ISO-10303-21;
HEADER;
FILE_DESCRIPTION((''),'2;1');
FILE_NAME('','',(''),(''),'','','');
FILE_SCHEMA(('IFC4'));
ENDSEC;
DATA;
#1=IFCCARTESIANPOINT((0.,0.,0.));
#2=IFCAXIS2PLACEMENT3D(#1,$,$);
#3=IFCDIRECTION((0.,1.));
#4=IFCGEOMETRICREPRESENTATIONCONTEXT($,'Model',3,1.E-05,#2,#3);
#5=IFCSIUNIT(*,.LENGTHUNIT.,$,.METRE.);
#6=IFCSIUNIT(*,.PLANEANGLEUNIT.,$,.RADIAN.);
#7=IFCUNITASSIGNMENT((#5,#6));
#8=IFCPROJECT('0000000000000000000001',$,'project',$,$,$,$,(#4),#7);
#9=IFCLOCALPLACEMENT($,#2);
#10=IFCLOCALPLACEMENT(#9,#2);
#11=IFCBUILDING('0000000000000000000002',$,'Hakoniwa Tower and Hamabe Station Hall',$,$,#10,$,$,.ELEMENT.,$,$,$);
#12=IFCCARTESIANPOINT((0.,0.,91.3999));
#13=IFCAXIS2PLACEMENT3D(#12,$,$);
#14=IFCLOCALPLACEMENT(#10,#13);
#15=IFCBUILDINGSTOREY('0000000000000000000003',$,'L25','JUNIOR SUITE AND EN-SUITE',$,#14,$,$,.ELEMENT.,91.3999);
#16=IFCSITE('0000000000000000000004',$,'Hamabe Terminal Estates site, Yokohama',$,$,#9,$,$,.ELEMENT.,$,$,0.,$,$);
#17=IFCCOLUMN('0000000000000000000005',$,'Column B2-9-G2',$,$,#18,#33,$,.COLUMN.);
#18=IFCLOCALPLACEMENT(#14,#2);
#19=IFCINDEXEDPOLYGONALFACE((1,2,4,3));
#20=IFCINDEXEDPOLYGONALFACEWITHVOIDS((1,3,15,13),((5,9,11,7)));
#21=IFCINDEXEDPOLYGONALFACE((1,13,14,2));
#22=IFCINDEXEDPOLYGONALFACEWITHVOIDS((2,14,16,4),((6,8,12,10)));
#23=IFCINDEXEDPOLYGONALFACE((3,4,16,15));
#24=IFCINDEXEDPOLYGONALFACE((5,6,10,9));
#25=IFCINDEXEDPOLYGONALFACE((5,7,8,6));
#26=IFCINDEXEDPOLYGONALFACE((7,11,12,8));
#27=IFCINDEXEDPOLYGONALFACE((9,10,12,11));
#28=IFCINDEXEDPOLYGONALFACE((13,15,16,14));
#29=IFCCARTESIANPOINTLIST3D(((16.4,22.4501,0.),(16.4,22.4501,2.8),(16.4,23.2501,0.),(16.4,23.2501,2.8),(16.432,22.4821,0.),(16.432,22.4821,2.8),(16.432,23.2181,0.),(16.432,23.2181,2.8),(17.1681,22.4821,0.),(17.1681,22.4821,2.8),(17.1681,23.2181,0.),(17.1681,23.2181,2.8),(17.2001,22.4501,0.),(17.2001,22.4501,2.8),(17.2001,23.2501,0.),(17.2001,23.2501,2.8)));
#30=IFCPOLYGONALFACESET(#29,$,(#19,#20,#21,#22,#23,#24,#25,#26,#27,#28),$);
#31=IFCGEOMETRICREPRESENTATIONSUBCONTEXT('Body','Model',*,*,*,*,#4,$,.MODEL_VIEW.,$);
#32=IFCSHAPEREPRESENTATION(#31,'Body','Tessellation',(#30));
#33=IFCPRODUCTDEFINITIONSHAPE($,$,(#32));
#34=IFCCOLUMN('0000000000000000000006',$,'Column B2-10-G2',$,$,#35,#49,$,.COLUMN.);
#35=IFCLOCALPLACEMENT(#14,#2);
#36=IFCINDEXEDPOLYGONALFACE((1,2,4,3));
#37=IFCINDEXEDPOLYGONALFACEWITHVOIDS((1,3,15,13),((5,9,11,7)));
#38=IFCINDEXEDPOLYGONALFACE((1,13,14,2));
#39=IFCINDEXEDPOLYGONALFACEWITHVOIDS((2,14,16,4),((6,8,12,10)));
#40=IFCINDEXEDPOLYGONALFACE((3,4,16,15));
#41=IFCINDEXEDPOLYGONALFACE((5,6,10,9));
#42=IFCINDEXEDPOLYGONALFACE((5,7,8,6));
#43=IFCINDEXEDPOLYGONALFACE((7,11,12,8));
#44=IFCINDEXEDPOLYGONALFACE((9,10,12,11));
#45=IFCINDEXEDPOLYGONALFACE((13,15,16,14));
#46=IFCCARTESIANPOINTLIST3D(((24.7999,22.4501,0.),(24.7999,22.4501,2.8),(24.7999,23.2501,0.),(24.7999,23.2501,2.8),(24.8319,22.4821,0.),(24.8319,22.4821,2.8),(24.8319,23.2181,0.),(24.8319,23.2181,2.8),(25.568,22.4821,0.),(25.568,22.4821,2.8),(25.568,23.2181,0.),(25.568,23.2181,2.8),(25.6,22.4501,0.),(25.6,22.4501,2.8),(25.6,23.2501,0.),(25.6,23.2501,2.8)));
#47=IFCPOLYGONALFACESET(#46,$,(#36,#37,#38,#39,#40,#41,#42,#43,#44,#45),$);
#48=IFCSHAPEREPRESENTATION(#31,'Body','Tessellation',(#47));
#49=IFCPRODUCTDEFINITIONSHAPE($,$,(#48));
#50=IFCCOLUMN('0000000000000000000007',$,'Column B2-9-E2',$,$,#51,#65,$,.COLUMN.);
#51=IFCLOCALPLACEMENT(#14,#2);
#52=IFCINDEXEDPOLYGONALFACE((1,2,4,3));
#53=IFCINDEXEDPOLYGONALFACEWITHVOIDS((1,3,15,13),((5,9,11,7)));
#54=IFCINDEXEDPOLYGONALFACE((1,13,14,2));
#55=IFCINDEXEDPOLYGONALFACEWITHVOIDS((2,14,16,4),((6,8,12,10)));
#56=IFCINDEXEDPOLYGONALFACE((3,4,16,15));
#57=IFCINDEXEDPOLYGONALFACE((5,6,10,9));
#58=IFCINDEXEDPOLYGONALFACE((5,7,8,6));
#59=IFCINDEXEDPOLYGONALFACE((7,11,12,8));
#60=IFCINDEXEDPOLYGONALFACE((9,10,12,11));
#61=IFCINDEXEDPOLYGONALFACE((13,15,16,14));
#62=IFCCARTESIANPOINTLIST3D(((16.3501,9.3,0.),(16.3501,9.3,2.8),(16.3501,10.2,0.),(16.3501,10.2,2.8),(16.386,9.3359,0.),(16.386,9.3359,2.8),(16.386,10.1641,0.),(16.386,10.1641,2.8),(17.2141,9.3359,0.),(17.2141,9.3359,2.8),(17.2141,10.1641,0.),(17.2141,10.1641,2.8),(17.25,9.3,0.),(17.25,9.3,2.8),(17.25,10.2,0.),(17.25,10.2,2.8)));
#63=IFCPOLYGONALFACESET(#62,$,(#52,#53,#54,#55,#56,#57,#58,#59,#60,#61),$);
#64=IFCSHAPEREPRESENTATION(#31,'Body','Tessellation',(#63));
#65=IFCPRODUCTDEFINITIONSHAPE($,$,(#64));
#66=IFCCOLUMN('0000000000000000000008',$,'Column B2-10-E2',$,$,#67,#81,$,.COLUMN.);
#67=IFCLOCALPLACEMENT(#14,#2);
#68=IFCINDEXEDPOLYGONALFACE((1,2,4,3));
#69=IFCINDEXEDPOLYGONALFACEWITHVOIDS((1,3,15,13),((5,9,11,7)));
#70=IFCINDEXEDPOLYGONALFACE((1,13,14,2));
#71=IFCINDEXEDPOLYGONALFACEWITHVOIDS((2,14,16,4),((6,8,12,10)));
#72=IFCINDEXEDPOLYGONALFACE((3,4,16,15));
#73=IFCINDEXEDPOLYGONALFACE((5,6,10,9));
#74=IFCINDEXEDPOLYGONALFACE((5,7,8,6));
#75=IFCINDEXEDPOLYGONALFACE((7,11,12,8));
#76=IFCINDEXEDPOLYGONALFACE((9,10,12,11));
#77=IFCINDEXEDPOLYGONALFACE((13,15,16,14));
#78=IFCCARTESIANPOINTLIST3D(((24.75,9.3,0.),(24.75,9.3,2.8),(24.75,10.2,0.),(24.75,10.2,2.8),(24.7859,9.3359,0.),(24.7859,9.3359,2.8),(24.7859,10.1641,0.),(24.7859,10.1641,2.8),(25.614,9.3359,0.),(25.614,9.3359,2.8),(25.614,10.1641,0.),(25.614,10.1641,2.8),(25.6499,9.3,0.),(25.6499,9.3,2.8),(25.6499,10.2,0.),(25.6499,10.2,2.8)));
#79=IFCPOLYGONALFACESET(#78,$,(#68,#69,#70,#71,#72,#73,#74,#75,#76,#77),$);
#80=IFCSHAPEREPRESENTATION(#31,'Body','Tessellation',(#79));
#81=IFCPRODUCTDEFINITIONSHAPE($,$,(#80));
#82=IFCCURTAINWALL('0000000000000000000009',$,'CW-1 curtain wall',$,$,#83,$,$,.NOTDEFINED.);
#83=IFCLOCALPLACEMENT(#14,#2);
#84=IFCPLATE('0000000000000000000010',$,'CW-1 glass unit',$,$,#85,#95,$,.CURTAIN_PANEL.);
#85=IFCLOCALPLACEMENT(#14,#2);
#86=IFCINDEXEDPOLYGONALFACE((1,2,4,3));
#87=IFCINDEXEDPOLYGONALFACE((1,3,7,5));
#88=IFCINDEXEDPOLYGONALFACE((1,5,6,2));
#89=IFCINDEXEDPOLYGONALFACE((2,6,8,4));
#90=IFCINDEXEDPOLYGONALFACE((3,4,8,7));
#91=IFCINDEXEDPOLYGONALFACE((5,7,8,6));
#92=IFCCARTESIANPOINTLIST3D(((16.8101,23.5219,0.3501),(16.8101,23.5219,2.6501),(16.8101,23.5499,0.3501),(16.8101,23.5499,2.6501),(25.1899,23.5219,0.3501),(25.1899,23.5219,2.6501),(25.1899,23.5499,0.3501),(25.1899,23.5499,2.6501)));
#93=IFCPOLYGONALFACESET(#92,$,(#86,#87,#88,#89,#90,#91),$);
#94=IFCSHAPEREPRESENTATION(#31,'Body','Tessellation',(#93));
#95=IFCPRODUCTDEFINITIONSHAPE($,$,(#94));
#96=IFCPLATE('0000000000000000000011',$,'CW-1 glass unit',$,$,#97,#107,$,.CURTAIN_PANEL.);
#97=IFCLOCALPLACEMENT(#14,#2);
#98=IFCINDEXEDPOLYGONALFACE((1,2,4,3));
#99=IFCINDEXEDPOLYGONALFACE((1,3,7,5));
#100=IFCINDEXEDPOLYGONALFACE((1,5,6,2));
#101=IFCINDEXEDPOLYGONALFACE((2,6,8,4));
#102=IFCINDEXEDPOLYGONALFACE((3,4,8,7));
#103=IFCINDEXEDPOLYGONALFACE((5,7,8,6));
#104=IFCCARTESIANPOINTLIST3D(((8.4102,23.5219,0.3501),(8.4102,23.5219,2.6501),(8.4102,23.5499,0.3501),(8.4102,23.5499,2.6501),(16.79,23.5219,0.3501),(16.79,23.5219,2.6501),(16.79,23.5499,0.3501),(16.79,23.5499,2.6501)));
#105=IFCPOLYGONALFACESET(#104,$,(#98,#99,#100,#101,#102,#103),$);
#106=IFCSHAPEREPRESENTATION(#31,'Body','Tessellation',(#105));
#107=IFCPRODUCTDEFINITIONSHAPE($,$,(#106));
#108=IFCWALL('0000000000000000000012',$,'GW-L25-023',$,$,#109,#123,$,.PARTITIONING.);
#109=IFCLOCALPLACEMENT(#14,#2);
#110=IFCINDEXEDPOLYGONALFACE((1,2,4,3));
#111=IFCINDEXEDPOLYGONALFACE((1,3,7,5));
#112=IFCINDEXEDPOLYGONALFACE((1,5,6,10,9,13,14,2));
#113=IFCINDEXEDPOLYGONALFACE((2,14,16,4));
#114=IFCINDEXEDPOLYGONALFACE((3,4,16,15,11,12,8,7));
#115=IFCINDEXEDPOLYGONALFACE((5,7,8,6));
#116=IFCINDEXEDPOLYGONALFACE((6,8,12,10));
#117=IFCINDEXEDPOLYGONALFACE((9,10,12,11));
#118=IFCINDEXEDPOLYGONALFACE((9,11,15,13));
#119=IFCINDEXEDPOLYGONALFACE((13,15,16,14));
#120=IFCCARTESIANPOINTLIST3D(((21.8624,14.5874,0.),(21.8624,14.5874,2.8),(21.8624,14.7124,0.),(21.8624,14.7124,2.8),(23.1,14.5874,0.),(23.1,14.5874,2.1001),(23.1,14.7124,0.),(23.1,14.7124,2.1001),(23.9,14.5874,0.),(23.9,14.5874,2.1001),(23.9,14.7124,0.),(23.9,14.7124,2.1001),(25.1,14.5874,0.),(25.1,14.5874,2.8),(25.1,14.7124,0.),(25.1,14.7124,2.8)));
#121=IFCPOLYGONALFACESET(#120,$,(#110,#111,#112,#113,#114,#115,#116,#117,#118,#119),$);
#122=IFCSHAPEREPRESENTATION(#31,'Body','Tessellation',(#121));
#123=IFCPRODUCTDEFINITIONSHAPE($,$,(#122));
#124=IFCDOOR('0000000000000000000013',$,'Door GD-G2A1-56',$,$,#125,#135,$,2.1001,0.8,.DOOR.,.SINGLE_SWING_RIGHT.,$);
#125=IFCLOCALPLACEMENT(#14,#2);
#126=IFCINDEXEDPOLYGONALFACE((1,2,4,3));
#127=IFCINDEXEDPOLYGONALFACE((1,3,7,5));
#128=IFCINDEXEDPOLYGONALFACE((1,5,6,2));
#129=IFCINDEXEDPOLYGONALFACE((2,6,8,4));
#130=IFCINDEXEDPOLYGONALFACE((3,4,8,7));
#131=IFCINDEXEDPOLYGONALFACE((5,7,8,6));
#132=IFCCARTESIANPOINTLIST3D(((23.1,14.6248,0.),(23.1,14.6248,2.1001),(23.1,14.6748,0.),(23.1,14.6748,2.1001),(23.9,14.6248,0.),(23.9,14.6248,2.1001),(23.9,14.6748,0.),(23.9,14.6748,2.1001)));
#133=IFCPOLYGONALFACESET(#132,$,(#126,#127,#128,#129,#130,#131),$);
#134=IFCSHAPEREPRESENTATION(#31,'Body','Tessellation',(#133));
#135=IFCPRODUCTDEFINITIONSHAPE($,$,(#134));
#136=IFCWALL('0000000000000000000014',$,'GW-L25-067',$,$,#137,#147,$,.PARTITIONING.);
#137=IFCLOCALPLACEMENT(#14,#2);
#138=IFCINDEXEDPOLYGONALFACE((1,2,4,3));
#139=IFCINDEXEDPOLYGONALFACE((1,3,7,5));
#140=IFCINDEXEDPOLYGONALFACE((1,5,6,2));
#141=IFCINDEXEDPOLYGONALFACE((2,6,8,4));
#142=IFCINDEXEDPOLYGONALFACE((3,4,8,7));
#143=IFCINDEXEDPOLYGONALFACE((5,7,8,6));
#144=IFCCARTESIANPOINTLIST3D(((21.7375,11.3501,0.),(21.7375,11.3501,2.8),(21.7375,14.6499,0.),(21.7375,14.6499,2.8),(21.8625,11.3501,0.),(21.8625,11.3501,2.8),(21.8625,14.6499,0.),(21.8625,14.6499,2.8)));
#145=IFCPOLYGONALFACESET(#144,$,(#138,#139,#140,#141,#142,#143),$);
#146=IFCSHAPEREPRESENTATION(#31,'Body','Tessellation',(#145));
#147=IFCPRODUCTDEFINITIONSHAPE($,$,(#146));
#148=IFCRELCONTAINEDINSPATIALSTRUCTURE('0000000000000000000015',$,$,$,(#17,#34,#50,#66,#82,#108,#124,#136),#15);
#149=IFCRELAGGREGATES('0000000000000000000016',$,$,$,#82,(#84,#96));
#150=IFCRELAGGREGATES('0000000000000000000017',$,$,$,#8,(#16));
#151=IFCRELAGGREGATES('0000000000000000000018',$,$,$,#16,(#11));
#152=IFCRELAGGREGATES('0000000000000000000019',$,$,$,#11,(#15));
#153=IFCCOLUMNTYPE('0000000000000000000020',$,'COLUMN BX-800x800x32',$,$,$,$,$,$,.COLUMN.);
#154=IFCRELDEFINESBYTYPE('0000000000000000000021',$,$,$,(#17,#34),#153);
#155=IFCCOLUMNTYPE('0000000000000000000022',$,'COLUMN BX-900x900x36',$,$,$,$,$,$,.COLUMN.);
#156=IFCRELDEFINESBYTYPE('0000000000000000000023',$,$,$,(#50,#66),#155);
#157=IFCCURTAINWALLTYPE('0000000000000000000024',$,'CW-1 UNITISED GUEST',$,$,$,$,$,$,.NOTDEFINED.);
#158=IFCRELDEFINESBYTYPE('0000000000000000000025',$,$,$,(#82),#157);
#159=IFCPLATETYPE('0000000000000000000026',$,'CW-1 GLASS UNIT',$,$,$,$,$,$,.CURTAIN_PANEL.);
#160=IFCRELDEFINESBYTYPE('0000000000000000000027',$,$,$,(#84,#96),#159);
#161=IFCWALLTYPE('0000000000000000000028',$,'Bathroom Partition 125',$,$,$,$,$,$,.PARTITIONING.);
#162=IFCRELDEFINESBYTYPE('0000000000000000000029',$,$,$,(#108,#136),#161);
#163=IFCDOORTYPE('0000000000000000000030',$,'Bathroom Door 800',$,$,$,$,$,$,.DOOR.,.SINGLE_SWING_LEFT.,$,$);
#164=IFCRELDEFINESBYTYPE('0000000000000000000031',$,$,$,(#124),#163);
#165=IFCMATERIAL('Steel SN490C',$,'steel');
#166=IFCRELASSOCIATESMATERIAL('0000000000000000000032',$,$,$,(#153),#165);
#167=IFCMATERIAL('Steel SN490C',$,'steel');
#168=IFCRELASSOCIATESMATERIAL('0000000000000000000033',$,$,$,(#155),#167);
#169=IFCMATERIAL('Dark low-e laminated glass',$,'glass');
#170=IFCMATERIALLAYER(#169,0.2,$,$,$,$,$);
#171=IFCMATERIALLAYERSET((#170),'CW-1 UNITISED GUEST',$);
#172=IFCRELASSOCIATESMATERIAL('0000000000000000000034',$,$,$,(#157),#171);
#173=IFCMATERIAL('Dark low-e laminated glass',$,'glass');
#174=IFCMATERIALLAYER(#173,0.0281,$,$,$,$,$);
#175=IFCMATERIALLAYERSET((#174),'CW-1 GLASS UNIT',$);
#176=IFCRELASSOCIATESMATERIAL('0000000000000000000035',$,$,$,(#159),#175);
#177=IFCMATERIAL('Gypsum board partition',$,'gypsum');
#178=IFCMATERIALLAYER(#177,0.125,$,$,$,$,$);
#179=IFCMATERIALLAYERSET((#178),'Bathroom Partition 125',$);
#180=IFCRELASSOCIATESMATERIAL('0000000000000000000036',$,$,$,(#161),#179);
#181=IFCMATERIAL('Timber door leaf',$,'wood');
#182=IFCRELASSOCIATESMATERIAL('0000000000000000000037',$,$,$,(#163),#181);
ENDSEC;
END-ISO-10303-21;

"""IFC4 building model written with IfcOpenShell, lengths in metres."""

from ifc_helpers import new_model, si_unit, direction, frame, frame_2d, origin, origin_2d, place, context, subcontext, project, spatial, rectangle, hollow_rectangle, extrude, material, layer, layer_set, material_profile, profile_set, type_object, element, fill, aggregate, save


model = new_model("IFC4")

# Units and contexts
model_context = context("Model", 3, precision=1e-05, world=origin(), true_north=direction((0.0, 1.0)))
body_context = subcontext(model_context, "Body", "Model", "MODEL_VIEW")
ifc_project = project(units=[si_unit("LENGTHUNIT", "METRE"), si_unit("PLANEANGLEUNIT", "RADIAN")], contexts=[model_context])

# Site, building, storey
site_placement = place(None, origin())
site = spatial("IfcSite", under=ifc_project, at=site_placement, Name="Hamabe Terminal Estates site, Yokohama", CompositionType="ELEMENT", RefElevation=0.0)
building_placement = place(site_placement, origin())
building = spatial("IfcBuilding", under=site, at=building_placement, Name="Hakoniwa Tower and Hamabe Station Hall", CompositionType="ELEMENT")
storey_placement = place(building_placement, frame((0.0, 0.0, 91.3999)))
storey = spatial("IfcBuildingStorey", under=building, at=storey_placement, Name="L25", Description="JUNIOR SUITE AND EN-SUITE", CompositionType="ELEMENT", Elevation=91.3999)

# Columns
ifc_material_1 = material(Name="Steel SN490C", Category="steel")
ifc_material_profile_1 = material_profile(ifc_material_1, hollow_rectangle(XDim=0.8, YDim=0.8, WallThickness=0.032, at=origin_2d()), Name="BX-800x800x32")
ifc_profile_set_1 = profile_set([ifc_material_profile_1], Name="Steel SN490C")
column_type_1 = type_object("IfcColumnType", Name="COLUMN BX-800x800x32", PredefinedType="COLUMN", material=ifc_profile_set_1)
for number, where, z_axis, x_axis, name in (
    (1, (16.8, 22.8501, 0.0), (0.0, 0.0, 1.0), (1.0, 0.0, 0.0), "Column B2-9-G2"),
    (2, (25.2, 22.8501, 0.0), (0.0, 0.0, 1.0), (1.0, 0.0, 0.0), "Column B2-10-G2"),
):
    element("IfcColumn", number, at=place(storey_placement, frame(where, z_axis=z_axis, x_axis=x_axis)), inside=storey, type_object=column_type_1, Name=name, PredefinedType="COLUMN", context=body_context, shape_type="SweptSolid", body=[
        extrude(hollow_rectangle(XDim=0.8, YDim=0.8, WallThickness=0.032, at=origin_2d()), origin(), (0.0, 0.0, 1.0), 2.8),
    ])
ifc_material_2 = material(Name="Steel SN490C", Category="steel")
ifc_material_profile_2 = material_profile(ifc_material_2, hollow_rectangle(XDim=0.8999, YDim=0.8999, WallThickness=0.0359, at=origin_2d()), Name="BX-900x900x36")
ifc_profile_set_2 = profile_set([ifc_material_profile_2], Name="Steel SN490C")
column_type_2 = type_object("IfcColumnType", Name="COLUMN BX-900x900x36", PredefinedType="COLUMN", material=ifc_profile_set_2)
for number, where, z_axis, x_axis, name in (
    (3, (16.8, 9.75, 0.0), (0.0, 0.0, 1.0), (1.0, 0.0, 0.0), "Column B2-9-E2"),
    (4, (25.2, 9.75, 0.0), (0.0, 0.0, 1.0), (1.0, 0.0, 0.0), "Column B2-10-E2"),
):
    element("IfcColumn", number, at=place(storey_placement, frame(where, z_axis=z_axis, x_axis=x_axis)), inside=storey, type_object=column_type_2, Name=name, PredefinedType="COLUMN", context=body_context, shape_type="SweptSolid", body=[
        extrude(hollow_rectangle(XDim=0.8999, YDim=0.8999, WallThickness=0.0359, at=origin_2d()), origin(), (0.0, 0.0, 1.0), 2.8),
    ])

# Curtain wall, plates
ifc_material_3 = material(Name="Dark low-e laminated glass", Category="glass")
ifc_layer_1 = layer(ifc_material_3, 0.2)
ifc_layer_set_1 = layer_set([ifc_layer_1], Name="CW-1 UNITISED GUEST")
curtain_wall_type = type_object("IfcCurtainWallType", Name="CW-1 UNITISED GUEST", PredefinedType="NOTDEFINED", material=ifc_layer_set_1)
curtain_wall_placement = place(storey_placement, origin())
curtain_wall = element("IfcCurtainWall", 5, at=curtain_wall_placement, inside=storey, type_object=curtain_wall_type, Name="CW-1 curtain wall", PredefinedType="NOTDEFINED")
ifc_material_4 = material(Name="Dark low-e laminated glass", Category="glass")
ifc_layer_2 = layer(ifc_material_4, 0.0281)
ifc_layer_set_2 = layer_set([ifc_layer_2], Name="CW-1 GLASS UNIT")
plate_type = type_object("IfcPlateType", Name="CW-1 GLASS UNIT", PredefinedType="CURTAIN_PANEL", material=ifc_layer_set_2)
plate_1_placement = place(storey_placement, frame((21.0, 23.5359, 0.3501), z_axis=(0.0, 0.0, 1.0), x_axis=(-1.0, 0.0, 0.0)))
plate_1 = element("IfcPlate", 6, at=plate_1_placement, type_object=plate_type, Name="CW-1 glass unit", PredefinedType="CURTAIN_PANEL", context=body_context, shape_type="SweptSolid", body=[
    extrude(rectangle(XDim=8.3799, YDim=0.0281, at=origin_2d()), origin(), (0.0, 0.0, 1.0), 2.3),
])
plate_2_placement = place(storey_placement, frame((12.6001, 23.5359, 0.3501), z_axis=(0.0, 0.0, 1.0), x_axis=(-1.0, 0.0, 0.0)))
plate_2 = element("IfcPlate", 7, at=plate_2_placement, type_object=plate_type, Name="CW-1 glass unit", PredefinedType="CURTAIN_PANEL", context=body_context, shape_type="SweptSolid", body=[
    extrude(rectangle(XDim=8.3799, YDim=0.0281, at=origin_2d()), origin(), (0.0, 0.0, 1.0), 2.3),
])
aggregate(curtain_wall, [plate_1, plate_2])

# Wall, opening, door
ifc_material_5 = material(Name="Gypsum board partition", Category="gypsum")
ifc_layer_3 = layer(ifc_material_5, 0.125)
ifc_layer_set_3 = layer_set([ifc_layer_3], Name="Bathroom Partition 125")
wall_type_1 = type_object("IfcWallType", Name="Bathroom Partition 125", PredefinedType="PARTITIONING", material=ifc_layer_set_3)
wall_1_placement = place(storey_placement, frame((21.8625, 14.6499, 0.0), z_axis=(0.0, 0.0, 1.0), x_axis=(1.0, 0.0, 0.0)))
wall_1 = element("IfcWall", 8, at=wall_1_placement, inside=storey, type_object=wall_type_1, Name="GW-L25-023", PredefinedType="PARTITIONING", context=body_context, shape_type="SweptSolid", body=[
    extrude(rectangle(XDim=3.2375, YDim=0.125, at=frame_2d((1.6187, 0.0))), origin(), (0.0, 0.0, 1.0), 2.8),
])
opening_1_placement = place(wall_1_placement, frame((1.2375, 0.0, 0.0)))
opening_1 = element("IfcOpeningElement", 9, at=opening_1_placement, cuts=wall_1, PredefinedType="OPENING", context=body_context, shape_type="SweptSolid", body=[
    extrude(rectangle(XDim=0.8, YDim=2.1001, at=frame_2d((0.3999, 1.05))), frame((0.0, 0.0725, 0.0), z_axis=(0.0, -1.0, 0.0), x_axis=(1.0, 0.0, 0.0)), (0.0, 0.0, 1.0), 0.145),
])
ifc_material_6 = material(Name="Timber door leaf", Category="wood")
door_type_1 = type_object("IfcDoorType", Name="Bathroom Door 800", OperationType="SINGLE_SWING_LEFT", PredefinedType="DOOR", material=ifc_material_6)
door_1_placement = place(opening_1_placement, origin())
door_1 = element("IfcDoor", 10, at=door_1_placement, inside=storey, type_object=door_type_1, Name="Door GD-G2A1-56", OperationType="SINGLE_SWING_RIGHT", OverallHeight=2.1001, OverallWidth=0.8, PredefinedType="DOOR", context=body_context, shape_type="SweptSolid", body=[
    extrude(rectangle(XDim=0.8, YDim=2.1001, at=frame_2d((0.3999, 1.05))), frame((0.0, 0.0249, 0.0), z_axis=(0.0, -1.0, 0.0), x_axis=(1.0, 0.0, 0.0)), (0.0, 0.0, 1.0), 0.05),
])
fill(opening_1, door_1)

# Wall
wall_2_placement = place(storey_placement, frame((21.8, 11.3501, 0.0), z_axis=(0.0, 0.0, 1.0), x_axis=(0.0, 1.0, 0.0)))
element("IfcWall", 11, at=wall_2_placement, inside=storey, type_object=wall_type_1, Name="GW-L25-067", PredefinedType="PARTITIONING", context=body_context, shape_type="SweptSolid", body=[
    extrude(rectangle(XDim=3.2998, YDim=0.125, at=frame_2d((1.6499, 0.0))), origin(), (0.0, 0.0, 1.0), 2.8),
])

save(model, "model.ifc")
